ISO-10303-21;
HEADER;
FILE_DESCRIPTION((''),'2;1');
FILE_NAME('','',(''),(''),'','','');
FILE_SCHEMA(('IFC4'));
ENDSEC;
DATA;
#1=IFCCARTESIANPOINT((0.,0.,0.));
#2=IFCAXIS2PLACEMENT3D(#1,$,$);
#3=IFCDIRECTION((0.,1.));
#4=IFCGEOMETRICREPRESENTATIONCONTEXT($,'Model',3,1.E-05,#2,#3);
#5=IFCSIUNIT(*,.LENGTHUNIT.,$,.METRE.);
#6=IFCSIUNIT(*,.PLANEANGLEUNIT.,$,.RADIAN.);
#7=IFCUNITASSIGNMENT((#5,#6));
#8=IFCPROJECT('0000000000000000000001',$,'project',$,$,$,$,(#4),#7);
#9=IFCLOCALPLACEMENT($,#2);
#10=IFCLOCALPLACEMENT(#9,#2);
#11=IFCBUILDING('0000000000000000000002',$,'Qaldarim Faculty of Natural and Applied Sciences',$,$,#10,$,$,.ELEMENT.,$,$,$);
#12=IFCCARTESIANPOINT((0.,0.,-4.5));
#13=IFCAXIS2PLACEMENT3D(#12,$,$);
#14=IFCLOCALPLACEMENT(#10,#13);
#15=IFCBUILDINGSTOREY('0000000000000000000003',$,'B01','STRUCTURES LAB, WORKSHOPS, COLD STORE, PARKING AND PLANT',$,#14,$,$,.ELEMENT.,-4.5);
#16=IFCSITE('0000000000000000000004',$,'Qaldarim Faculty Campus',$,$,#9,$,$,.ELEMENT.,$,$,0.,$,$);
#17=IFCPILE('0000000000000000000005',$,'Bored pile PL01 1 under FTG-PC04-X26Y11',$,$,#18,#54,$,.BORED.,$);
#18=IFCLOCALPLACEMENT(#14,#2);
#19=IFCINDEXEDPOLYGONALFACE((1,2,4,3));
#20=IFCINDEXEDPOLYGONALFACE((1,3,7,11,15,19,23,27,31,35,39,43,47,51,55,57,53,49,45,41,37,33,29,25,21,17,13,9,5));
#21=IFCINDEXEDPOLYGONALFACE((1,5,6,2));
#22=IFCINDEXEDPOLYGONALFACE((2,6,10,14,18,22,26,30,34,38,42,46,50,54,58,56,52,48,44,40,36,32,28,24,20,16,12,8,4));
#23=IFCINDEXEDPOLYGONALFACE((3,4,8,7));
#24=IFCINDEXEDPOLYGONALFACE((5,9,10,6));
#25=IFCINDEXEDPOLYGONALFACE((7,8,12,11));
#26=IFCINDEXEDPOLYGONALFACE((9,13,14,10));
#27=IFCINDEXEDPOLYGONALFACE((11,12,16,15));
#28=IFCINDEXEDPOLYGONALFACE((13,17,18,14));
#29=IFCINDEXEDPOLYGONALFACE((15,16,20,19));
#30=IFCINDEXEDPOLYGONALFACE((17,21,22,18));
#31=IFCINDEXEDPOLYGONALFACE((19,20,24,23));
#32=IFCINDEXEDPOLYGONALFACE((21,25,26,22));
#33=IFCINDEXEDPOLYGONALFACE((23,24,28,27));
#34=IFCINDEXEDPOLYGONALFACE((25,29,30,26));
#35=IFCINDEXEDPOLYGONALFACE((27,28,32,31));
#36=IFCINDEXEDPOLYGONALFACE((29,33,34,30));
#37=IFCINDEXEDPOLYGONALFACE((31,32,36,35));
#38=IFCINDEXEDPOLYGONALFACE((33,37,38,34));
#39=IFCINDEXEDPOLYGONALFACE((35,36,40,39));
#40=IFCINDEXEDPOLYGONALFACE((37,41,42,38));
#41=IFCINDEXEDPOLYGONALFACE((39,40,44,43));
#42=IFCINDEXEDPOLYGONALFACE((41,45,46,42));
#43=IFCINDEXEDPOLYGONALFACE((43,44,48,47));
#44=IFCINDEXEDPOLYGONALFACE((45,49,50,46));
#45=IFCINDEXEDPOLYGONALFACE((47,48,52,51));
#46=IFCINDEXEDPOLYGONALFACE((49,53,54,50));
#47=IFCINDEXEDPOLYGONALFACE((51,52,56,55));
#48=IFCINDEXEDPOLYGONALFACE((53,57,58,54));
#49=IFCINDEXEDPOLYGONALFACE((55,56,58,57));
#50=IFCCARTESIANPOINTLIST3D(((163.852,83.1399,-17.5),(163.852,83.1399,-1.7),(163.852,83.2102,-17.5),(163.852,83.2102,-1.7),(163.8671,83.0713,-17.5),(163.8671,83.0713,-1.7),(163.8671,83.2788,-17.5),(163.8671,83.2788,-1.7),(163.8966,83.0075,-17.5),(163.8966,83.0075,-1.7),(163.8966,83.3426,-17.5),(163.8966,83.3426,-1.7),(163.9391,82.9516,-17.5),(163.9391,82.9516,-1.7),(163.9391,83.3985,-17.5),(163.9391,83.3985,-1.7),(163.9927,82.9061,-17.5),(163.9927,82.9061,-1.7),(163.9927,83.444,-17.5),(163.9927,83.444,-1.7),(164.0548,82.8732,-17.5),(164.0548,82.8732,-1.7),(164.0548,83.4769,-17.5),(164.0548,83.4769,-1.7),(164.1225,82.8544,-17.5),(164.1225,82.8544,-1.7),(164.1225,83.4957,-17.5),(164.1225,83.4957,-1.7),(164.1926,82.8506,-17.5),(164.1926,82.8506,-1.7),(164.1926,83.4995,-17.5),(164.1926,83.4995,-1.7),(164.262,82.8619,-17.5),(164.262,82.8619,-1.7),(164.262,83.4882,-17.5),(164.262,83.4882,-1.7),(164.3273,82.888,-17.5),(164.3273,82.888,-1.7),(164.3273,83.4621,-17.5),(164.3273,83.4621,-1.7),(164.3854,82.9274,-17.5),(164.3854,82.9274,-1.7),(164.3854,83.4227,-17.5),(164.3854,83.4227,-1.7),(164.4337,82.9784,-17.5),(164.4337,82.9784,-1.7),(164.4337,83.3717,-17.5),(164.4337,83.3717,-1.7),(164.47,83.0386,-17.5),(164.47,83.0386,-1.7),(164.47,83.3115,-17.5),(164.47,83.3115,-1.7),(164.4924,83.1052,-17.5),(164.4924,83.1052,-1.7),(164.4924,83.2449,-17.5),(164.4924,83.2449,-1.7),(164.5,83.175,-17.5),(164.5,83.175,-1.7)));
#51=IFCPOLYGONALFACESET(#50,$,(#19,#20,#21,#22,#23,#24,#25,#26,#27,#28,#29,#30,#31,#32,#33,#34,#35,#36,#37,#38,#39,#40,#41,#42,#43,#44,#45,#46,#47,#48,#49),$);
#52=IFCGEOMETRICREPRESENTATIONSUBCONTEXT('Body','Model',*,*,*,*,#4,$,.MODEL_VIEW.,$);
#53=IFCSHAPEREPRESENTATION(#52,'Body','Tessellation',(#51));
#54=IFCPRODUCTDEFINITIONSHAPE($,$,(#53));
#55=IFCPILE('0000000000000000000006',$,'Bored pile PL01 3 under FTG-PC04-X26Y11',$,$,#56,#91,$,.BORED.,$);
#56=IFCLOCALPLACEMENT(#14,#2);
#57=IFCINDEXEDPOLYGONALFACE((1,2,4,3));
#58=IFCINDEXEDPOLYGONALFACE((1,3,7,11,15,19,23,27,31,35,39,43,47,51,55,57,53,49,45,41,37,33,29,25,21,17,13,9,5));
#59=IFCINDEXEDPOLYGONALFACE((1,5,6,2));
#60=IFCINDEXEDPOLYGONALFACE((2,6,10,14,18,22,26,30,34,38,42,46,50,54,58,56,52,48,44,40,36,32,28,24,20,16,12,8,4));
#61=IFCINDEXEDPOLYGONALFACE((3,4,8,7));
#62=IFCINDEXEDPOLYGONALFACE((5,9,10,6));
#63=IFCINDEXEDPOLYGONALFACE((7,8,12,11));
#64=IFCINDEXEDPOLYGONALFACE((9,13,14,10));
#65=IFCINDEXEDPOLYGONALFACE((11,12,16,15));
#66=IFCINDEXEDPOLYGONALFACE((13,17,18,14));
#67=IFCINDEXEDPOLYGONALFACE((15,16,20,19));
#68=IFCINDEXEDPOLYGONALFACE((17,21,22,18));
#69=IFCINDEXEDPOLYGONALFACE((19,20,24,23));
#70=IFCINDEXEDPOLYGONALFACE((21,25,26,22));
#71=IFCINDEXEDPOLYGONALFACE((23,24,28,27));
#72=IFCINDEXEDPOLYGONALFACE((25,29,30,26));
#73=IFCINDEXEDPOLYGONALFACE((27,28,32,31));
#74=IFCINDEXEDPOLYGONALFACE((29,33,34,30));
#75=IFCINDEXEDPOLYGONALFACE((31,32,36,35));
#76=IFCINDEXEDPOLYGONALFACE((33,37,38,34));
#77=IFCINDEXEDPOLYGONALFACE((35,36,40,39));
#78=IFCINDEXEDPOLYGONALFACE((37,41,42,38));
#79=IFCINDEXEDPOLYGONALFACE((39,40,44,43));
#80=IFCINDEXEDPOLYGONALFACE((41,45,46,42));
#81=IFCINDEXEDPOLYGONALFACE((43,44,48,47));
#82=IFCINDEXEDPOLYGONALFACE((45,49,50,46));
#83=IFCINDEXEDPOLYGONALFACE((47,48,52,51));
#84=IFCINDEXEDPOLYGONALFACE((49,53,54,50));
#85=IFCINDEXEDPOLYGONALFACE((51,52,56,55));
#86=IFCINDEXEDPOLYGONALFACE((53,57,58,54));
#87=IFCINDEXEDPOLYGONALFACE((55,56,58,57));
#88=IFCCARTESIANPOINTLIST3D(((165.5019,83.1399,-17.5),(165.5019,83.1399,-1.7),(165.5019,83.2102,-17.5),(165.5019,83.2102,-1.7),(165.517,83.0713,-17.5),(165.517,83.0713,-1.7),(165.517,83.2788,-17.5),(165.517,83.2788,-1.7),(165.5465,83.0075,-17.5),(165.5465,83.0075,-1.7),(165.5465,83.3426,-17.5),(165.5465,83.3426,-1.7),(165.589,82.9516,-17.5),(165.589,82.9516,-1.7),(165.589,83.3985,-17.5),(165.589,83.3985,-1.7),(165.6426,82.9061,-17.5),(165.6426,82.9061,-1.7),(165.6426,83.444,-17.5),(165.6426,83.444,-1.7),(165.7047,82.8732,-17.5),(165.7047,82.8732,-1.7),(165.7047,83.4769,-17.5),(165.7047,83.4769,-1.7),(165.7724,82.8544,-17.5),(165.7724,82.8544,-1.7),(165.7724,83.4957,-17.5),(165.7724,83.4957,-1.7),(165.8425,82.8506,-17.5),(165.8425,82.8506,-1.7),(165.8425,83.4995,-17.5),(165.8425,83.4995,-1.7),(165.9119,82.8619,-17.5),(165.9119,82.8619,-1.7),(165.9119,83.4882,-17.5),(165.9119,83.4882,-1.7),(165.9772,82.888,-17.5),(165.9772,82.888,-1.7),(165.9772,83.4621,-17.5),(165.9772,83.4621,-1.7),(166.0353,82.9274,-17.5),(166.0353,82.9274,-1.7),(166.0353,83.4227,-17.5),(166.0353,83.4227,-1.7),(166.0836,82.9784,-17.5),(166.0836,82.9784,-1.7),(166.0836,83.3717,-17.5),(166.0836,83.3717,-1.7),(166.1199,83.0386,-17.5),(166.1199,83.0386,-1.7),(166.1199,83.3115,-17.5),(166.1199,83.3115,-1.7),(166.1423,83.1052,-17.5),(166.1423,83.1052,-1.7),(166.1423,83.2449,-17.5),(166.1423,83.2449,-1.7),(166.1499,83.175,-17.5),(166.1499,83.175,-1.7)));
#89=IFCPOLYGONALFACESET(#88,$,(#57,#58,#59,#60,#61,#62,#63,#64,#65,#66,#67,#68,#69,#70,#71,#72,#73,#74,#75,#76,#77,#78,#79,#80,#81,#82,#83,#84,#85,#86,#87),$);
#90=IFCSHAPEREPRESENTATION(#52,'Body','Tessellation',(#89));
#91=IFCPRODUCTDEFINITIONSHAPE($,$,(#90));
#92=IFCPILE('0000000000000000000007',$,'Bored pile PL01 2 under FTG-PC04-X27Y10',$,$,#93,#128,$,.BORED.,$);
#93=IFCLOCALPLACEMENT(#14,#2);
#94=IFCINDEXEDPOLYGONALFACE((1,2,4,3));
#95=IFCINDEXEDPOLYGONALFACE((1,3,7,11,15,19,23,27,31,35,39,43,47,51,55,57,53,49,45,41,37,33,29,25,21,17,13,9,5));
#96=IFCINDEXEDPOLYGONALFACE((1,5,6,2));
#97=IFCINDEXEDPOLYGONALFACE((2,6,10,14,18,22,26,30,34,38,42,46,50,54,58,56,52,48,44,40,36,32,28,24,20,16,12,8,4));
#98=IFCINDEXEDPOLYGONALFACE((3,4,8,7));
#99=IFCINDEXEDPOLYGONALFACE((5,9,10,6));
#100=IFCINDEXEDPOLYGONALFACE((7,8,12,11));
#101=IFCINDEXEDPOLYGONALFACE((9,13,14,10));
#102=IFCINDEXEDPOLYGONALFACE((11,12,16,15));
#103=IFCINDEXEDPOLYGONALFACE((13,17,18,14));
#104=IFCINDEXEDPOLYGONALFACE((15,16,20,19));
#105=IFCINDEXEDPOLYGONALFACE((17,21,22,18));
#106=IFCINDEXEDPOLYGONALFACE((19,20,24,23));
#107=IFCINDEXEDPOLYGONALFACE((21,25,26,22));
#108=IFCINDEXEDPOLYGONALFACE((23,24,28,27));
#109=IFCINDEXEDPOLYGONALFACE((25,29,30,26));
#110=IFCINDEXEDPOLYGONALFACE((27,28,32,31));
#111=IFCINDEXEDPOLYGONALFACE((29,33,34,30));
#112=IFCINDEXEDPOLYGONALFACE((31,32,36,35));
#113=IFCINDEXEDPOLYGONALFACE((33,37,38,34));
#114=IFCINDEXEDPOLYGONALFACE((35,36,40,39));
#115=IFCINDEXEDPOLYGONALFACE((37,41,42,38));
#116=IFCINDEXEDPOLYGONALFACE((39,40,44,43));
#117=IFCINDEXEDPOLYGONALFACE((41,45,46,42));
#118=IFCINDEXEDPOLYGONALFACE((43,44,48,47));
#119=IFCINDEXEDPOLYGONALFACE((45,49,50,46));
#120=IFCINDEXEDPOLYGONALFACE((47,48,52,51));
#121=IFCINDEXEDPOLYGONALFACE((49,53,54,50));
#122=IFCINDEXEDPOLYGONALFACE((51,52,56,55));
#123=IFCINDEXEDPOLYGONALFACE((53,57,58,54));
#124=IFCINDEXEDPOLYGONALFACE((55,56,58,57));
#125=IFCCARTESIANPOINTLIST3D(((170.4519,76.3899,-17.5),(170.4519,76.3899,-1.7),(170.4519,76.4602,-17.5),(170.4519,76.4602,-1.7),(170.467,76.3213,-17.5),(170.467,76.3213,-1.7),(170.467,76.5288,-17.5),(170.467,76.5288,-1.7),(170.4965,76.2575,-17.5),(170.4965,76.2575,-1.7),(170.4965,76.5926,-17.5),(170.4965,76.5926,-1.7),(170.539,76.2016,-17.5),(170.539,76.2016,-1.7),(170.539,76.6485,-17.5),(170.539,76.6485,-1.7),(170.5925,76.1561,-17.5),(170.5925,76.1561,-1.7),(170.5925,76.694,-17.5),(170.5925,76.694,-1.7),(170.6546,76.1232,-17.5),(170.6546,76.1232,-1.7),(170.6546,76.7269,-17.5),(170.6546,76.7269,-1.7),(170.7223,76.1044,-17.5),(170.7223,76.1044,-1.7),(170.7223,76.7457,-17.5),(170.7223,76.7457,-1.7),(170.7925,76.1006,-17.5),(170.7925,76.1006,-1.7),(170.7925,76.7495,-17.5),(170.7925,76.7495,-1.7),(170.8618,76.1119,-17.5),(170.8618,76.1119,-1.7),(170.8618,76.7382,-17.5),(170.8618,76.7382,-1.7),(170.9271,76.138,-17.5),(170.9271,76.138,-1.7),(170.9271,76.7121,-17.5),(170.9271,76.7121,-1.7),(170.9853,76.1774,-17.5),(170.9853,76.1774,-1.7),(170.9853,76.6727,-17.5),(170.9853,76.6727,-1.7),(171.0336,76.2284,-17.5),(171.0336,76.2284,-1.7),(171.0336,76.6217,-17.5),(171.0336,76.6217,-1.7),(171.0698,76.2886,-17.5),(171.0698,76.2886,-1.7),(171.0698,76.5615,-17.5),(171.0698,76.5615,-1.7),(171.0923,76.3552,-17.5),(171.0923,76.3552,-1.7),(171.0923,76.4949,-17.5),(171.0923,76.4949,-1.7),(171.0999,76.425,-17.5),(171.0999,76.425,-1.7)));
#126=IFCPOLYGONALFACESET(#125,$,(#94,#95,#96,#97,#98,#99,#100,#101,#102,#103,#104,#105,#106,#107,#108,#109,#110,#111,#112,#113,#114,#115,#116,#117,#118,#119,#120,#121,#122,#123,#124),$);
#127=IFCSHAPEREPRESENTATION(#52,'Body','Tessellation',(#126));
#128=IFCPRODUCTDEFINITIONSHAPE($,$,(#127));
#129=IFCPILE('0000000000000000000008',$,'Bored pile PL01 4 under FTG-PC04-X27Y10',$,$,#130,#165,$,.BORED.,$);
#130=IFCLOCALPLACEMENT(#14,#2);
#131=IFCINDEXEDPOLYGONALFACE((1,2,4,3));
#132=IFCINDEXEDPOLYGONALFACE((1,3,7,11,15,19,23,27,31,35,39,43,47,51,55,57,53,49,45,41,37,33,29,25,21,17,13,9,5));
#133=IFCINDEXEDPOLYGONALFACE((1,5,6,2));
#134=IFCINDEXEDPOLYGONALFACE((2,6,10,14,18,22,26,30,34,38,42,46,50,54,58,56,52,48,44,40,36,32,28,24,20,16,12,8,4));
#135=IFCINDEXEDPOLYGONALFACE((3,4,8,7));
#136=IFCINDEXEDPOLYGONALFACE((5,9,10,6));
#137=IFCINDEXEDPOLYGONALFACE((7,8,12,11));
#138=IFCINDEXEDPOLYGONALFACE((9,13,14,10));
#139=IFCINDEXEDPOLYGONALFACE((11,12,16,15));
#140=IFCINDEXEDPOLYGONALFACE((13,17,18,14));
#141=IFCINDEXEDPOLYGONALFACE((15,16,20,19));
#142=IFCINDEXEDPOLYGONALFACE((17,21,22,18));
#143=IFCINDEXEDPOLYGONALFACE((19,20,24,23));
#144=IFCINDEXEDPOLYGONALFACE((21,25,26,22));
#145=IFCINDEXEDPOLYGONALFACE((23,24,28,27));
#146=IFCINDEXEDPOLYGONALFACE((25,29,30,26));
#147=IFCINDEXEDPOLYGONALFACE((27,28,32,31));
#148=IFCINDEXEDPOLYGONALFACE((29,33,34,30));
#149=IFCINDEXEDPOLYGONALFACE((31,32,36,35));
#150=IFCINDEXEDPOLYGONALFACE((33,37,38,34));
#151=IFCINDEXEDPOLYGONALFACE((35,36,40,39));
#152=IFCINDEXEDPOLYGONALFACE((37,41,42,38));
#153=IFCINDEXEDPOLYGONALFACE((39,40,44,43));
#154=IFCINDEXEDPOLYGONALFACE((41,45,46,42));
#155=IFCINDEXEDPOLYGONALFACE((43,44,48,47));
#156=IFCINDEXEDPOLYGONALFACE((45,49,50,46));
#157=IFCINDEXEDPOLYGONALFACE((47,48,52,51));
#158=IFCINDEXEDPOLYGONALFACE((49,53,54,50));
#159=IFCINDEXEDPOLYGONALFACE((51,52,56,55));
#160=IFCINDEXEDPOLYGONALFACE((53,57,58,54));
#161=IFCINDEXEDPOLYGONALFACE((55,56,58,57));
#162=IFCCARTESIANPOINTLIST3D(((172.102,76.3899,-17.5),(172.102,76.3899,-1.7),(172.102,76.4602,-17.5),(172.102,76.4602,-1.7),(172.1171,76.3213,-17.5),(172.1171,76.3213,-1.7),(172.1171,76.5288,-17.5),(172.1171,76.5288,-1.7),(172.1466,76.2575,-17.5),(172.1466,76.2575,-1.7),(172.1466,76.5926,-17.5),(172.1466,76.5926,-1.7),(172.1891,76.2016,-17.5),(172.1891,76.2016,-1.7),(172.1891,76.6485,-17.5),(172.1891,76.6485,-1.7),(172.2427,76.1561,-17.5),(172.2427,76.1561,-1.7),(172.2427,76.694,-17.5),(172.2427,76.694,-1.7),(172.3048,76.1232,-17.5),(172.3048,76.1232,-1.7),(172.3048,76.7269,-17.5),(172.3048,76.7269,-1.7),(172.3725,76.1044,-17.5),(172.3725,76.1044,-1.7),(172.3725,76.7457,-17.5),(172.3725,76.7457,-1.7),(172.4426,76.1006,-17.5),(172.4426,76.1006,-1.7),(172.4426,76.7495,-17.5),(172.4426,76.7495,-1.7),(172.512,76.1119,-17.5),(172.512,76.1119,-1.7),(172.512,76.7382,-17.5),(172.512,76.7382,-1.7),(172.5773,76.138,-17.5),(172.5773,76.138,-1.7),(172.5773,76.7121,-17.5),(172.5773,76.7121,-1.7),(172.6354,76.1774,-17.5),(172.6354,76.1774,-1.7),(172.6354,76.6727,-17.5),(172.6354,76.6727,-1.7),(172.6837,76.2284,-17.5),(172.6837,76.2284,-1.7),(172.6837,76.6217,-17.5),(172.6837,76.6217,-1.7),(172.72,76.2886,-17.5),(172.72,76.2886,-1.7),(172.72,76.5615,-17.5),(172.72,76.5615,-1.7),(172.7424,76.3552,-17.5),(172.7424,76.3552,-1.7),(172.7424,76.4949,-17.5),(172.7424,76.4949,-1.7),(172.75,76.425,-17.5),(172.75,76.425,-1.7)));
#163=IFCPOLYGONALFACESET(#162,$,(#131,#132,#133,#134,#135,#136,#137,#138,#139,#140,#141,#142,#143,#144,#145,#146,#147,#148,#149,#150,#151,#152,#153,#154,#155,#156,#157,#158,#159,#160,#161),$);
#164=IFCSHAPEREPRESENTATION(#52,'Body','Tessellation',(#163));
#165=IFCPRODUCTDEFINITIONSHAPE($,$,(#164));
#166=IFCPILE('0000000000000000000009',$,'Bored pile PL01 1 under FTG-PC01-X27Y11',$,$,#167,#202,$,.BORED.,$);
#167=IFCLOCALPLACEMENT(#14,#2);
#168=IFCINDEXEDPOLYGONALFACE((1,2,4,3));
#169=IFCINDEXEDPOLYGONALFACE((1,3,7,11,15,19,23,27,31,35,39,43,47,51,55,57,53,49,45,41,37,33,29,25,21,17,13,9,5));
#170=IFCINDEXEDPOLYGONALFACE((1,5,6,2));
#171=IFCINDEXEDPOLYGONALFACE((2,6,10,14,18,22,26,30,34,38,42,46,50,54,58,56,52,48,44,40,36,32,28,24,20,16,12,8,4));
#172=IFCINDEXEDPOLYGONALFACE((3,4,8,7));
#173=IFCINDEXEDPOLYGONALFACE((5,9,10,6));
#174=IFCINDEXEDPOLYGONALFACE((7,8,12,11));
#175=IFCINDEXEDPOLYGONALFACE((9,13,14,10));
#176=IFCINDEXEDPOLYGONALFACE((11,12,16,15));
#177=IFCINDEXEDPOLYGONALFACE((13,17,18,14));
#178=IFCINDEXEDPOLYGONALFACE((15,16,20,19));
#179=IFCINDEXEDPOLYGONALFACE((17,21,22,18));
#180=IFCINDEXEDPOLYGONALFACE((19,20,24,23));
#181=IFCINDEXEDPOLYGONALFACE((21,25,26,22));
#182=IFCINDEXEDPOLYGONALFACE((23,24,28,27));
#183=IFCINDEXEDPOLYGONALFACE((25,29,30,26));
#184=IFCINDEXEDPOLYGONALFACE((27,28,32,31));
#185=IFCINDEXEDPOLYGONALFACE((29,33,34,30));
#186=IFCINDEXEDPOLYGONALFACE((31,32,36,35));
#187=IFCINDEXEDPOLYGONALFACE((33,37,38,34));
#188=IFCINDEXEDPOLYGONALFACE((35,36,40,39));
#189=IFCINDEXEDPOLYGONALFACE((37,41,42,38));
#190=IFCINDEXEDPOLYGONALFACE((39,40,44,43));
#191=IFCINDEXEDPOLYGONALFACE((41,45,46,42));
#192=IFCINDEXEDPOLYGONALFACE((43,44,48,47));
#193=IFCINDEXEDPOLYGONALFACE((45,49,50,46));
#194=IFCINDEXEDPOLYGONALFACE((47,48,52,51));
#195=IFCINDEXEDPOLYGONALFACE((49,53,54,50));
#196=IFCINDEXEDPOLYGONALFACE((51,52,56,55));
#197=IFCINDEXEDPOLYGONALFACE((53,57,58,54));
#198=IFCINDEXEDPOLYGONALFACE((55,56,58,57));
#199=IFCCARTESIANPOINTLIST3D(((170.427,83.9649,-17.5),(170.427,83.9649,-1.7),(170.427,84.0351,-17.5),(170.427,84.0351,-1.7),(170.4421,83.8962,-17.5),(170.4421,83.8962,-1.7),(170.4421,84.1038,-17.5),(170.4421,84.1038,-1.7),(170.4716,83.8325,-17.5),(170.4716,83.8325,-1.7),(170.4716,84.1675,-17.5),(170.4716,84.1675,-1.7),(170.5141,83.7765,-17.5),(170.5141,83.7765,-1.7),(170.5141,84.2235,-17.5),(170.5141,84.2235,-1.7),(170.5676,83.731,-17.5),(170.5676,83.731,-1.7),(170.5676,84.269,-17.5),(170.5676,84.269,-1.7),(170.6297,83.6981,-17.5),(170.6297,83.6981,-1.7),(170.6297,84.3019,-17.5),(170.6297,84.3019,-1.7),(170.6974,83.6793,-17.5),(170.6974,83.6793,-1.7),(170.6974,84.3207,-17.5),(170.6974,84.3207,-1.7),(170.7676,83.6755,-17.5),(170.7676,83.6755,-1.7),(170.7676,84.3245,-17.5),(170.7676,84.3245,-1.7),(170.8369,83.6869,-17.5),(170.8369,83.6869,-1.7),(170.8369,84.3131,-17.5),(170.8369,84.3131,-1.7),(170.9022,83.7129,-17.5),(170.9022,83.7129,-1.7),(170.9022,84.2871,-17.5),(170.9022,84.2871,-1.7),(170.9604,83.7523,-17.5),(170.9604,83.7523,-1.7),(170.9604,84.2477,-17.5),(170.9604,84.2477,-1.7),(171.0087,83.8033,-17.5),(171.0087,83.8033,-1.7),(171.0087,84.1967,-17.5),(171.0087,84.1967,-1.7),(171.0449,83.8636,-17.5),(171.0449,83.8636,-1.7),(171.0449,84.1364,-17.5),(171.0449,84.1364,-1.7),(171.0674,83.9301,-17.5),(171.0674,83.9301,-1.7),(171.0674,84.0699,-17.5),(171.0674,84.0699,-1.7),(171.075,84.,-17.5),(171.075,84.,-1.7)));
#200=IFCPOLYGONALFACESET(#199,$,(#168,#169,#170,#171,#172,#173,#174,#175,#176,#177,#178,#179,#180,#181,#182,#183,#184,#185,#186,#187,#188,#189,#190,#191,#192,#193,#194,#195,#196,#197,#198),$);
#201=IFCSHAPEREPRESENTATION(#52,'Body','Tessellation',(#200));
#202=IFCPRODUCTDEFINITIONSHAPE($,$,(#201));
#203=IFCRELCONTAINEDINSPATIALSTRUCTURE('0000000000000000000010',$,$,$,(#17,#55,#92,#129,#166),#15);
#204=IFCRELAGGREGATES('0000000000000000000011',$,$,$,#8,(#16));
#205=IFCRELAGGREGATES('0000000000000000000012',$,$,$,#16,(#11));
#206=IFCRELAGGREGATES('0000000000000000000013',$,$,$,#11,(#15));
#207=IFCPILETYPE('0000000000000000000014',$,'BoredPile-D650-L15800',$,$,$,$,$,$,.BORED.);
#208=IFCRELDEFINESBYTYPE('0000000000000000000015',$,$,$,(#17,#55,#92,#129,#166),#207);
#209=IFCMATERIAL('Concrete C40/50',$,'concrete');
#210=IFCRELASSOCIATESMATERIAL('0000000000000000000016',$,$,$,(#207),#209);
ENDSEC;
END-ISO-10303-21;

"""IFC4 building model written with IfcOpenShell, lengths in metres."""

from ifc_helpers import new_model, si_unit, direction, frame, origin, origin_2d, place, context, subcontext, project, spatial, circle, extrude, material, material_profile, profile_set, type_object, element, save


model = new_model("IFC4")

# Units and contexts
model_context = context("Model", 3, precision=1e-05, world=origin(), true_north=direction((0.0, 1.0)))
body_context = subcontext(model_context, "Body", "Model", "MODEL_VIEW")
ifc_project = project(units=[si_unit("LENGTHUNIT", "METRE"), si_unit("PLANEANGLEUNIT", "RADIAN")], contexts=[model_context])

# Site, building, storey
site_placement = place(None, origin())
site = spatial("IfcSite", under=ifc_project, at=site_placement, Name="Qaldarim Faculty Campus", CompositionType="ELEMENT", RefElevation=0.0)
building_placement = place(site_placement, origin())
building = spatial("IfcBuilding", under=site, at=building_placement, Name="Qaldarim Faculty of Natural and Applied Sciences", CompositionType="ELEMENT")
storey_placement = place(building_placement, frame((0.0, 0.0, -4.5)))
storey = spatial("IfcBuildingStorey", under=building, at=storey_placement, Name="B01", Description="STRUCTURES LAB, WORKSHOPS, COLD STORE, PARKING AND PLANT", CompositionType="ELEMENT", Elevation=-4.5)

# Piles
ifc_material_1 = material(Name="Concrete C40/50", Category="concrete")
ifc_material_profile_1 = material_profile(ifc_material_1, circle(Radius=0.325, at=origin_2d()), Name="PILE-D650")
ifc_profile_set_1 = profile_set([ifc_material_profile_1], Name="Concrete C40/50")
pile_type_1 = type_object("IfcPileType", Name="BoredPile-D650-L15800", PredefinedType="BORED", material=ifc_profile_set_1)
for number, where, z_axis, x_axis, name in (
    (1, (164.175, 83.175, -1.7), (0.0, 0.0, -1.0), (1.0, 0.0, 0.0), "Bored pile PL01 1 under FTG-PC04-X26Y11"),
    (2, (165.825, 83.175, -1.7), (0.0, 0.0, -1.0), (1.0, 0.0, 0.0), "Bored pile PL01 3 under FTG-PC04-X26Y11"),
    (3, (170.7749, 76.425, -1.7), (0.0, 0.0, -1.0), (1.0, 0.0, 0.0), "Bored pile PL01 2 under FTG-PC04-X27Y10"),
    (4, (172.425, 76.425, -1.7), (0.0, 0.0, -1.0), (1.0, 0.0, 0.0), "Bored pile PL01 4 under FTG-PC04-X27Y10"),
    (5, (170.75, 84.0, -1.7), (0.0, 0.0, -1.0), (1.0, 0.0, 0.0), "Bored pile PL01 1 under FTG-PC01-X27Y11"),
):
    element("IfcPile", number, at=place(storey_placement, frame(where, z_axis=z_axis, x_axis=x_axis)), inside=storey, type_object=pile_type_1, Name=name, PredefinedType="BORED", context=body_context, shape_type="SweptSolid", body=[
        extrude(circle(Radius=0.325, at=origin_2d()), origin(), (0.0, 0.0, 1.0), 15.8),
    ])

save(model, "model.ifc")
